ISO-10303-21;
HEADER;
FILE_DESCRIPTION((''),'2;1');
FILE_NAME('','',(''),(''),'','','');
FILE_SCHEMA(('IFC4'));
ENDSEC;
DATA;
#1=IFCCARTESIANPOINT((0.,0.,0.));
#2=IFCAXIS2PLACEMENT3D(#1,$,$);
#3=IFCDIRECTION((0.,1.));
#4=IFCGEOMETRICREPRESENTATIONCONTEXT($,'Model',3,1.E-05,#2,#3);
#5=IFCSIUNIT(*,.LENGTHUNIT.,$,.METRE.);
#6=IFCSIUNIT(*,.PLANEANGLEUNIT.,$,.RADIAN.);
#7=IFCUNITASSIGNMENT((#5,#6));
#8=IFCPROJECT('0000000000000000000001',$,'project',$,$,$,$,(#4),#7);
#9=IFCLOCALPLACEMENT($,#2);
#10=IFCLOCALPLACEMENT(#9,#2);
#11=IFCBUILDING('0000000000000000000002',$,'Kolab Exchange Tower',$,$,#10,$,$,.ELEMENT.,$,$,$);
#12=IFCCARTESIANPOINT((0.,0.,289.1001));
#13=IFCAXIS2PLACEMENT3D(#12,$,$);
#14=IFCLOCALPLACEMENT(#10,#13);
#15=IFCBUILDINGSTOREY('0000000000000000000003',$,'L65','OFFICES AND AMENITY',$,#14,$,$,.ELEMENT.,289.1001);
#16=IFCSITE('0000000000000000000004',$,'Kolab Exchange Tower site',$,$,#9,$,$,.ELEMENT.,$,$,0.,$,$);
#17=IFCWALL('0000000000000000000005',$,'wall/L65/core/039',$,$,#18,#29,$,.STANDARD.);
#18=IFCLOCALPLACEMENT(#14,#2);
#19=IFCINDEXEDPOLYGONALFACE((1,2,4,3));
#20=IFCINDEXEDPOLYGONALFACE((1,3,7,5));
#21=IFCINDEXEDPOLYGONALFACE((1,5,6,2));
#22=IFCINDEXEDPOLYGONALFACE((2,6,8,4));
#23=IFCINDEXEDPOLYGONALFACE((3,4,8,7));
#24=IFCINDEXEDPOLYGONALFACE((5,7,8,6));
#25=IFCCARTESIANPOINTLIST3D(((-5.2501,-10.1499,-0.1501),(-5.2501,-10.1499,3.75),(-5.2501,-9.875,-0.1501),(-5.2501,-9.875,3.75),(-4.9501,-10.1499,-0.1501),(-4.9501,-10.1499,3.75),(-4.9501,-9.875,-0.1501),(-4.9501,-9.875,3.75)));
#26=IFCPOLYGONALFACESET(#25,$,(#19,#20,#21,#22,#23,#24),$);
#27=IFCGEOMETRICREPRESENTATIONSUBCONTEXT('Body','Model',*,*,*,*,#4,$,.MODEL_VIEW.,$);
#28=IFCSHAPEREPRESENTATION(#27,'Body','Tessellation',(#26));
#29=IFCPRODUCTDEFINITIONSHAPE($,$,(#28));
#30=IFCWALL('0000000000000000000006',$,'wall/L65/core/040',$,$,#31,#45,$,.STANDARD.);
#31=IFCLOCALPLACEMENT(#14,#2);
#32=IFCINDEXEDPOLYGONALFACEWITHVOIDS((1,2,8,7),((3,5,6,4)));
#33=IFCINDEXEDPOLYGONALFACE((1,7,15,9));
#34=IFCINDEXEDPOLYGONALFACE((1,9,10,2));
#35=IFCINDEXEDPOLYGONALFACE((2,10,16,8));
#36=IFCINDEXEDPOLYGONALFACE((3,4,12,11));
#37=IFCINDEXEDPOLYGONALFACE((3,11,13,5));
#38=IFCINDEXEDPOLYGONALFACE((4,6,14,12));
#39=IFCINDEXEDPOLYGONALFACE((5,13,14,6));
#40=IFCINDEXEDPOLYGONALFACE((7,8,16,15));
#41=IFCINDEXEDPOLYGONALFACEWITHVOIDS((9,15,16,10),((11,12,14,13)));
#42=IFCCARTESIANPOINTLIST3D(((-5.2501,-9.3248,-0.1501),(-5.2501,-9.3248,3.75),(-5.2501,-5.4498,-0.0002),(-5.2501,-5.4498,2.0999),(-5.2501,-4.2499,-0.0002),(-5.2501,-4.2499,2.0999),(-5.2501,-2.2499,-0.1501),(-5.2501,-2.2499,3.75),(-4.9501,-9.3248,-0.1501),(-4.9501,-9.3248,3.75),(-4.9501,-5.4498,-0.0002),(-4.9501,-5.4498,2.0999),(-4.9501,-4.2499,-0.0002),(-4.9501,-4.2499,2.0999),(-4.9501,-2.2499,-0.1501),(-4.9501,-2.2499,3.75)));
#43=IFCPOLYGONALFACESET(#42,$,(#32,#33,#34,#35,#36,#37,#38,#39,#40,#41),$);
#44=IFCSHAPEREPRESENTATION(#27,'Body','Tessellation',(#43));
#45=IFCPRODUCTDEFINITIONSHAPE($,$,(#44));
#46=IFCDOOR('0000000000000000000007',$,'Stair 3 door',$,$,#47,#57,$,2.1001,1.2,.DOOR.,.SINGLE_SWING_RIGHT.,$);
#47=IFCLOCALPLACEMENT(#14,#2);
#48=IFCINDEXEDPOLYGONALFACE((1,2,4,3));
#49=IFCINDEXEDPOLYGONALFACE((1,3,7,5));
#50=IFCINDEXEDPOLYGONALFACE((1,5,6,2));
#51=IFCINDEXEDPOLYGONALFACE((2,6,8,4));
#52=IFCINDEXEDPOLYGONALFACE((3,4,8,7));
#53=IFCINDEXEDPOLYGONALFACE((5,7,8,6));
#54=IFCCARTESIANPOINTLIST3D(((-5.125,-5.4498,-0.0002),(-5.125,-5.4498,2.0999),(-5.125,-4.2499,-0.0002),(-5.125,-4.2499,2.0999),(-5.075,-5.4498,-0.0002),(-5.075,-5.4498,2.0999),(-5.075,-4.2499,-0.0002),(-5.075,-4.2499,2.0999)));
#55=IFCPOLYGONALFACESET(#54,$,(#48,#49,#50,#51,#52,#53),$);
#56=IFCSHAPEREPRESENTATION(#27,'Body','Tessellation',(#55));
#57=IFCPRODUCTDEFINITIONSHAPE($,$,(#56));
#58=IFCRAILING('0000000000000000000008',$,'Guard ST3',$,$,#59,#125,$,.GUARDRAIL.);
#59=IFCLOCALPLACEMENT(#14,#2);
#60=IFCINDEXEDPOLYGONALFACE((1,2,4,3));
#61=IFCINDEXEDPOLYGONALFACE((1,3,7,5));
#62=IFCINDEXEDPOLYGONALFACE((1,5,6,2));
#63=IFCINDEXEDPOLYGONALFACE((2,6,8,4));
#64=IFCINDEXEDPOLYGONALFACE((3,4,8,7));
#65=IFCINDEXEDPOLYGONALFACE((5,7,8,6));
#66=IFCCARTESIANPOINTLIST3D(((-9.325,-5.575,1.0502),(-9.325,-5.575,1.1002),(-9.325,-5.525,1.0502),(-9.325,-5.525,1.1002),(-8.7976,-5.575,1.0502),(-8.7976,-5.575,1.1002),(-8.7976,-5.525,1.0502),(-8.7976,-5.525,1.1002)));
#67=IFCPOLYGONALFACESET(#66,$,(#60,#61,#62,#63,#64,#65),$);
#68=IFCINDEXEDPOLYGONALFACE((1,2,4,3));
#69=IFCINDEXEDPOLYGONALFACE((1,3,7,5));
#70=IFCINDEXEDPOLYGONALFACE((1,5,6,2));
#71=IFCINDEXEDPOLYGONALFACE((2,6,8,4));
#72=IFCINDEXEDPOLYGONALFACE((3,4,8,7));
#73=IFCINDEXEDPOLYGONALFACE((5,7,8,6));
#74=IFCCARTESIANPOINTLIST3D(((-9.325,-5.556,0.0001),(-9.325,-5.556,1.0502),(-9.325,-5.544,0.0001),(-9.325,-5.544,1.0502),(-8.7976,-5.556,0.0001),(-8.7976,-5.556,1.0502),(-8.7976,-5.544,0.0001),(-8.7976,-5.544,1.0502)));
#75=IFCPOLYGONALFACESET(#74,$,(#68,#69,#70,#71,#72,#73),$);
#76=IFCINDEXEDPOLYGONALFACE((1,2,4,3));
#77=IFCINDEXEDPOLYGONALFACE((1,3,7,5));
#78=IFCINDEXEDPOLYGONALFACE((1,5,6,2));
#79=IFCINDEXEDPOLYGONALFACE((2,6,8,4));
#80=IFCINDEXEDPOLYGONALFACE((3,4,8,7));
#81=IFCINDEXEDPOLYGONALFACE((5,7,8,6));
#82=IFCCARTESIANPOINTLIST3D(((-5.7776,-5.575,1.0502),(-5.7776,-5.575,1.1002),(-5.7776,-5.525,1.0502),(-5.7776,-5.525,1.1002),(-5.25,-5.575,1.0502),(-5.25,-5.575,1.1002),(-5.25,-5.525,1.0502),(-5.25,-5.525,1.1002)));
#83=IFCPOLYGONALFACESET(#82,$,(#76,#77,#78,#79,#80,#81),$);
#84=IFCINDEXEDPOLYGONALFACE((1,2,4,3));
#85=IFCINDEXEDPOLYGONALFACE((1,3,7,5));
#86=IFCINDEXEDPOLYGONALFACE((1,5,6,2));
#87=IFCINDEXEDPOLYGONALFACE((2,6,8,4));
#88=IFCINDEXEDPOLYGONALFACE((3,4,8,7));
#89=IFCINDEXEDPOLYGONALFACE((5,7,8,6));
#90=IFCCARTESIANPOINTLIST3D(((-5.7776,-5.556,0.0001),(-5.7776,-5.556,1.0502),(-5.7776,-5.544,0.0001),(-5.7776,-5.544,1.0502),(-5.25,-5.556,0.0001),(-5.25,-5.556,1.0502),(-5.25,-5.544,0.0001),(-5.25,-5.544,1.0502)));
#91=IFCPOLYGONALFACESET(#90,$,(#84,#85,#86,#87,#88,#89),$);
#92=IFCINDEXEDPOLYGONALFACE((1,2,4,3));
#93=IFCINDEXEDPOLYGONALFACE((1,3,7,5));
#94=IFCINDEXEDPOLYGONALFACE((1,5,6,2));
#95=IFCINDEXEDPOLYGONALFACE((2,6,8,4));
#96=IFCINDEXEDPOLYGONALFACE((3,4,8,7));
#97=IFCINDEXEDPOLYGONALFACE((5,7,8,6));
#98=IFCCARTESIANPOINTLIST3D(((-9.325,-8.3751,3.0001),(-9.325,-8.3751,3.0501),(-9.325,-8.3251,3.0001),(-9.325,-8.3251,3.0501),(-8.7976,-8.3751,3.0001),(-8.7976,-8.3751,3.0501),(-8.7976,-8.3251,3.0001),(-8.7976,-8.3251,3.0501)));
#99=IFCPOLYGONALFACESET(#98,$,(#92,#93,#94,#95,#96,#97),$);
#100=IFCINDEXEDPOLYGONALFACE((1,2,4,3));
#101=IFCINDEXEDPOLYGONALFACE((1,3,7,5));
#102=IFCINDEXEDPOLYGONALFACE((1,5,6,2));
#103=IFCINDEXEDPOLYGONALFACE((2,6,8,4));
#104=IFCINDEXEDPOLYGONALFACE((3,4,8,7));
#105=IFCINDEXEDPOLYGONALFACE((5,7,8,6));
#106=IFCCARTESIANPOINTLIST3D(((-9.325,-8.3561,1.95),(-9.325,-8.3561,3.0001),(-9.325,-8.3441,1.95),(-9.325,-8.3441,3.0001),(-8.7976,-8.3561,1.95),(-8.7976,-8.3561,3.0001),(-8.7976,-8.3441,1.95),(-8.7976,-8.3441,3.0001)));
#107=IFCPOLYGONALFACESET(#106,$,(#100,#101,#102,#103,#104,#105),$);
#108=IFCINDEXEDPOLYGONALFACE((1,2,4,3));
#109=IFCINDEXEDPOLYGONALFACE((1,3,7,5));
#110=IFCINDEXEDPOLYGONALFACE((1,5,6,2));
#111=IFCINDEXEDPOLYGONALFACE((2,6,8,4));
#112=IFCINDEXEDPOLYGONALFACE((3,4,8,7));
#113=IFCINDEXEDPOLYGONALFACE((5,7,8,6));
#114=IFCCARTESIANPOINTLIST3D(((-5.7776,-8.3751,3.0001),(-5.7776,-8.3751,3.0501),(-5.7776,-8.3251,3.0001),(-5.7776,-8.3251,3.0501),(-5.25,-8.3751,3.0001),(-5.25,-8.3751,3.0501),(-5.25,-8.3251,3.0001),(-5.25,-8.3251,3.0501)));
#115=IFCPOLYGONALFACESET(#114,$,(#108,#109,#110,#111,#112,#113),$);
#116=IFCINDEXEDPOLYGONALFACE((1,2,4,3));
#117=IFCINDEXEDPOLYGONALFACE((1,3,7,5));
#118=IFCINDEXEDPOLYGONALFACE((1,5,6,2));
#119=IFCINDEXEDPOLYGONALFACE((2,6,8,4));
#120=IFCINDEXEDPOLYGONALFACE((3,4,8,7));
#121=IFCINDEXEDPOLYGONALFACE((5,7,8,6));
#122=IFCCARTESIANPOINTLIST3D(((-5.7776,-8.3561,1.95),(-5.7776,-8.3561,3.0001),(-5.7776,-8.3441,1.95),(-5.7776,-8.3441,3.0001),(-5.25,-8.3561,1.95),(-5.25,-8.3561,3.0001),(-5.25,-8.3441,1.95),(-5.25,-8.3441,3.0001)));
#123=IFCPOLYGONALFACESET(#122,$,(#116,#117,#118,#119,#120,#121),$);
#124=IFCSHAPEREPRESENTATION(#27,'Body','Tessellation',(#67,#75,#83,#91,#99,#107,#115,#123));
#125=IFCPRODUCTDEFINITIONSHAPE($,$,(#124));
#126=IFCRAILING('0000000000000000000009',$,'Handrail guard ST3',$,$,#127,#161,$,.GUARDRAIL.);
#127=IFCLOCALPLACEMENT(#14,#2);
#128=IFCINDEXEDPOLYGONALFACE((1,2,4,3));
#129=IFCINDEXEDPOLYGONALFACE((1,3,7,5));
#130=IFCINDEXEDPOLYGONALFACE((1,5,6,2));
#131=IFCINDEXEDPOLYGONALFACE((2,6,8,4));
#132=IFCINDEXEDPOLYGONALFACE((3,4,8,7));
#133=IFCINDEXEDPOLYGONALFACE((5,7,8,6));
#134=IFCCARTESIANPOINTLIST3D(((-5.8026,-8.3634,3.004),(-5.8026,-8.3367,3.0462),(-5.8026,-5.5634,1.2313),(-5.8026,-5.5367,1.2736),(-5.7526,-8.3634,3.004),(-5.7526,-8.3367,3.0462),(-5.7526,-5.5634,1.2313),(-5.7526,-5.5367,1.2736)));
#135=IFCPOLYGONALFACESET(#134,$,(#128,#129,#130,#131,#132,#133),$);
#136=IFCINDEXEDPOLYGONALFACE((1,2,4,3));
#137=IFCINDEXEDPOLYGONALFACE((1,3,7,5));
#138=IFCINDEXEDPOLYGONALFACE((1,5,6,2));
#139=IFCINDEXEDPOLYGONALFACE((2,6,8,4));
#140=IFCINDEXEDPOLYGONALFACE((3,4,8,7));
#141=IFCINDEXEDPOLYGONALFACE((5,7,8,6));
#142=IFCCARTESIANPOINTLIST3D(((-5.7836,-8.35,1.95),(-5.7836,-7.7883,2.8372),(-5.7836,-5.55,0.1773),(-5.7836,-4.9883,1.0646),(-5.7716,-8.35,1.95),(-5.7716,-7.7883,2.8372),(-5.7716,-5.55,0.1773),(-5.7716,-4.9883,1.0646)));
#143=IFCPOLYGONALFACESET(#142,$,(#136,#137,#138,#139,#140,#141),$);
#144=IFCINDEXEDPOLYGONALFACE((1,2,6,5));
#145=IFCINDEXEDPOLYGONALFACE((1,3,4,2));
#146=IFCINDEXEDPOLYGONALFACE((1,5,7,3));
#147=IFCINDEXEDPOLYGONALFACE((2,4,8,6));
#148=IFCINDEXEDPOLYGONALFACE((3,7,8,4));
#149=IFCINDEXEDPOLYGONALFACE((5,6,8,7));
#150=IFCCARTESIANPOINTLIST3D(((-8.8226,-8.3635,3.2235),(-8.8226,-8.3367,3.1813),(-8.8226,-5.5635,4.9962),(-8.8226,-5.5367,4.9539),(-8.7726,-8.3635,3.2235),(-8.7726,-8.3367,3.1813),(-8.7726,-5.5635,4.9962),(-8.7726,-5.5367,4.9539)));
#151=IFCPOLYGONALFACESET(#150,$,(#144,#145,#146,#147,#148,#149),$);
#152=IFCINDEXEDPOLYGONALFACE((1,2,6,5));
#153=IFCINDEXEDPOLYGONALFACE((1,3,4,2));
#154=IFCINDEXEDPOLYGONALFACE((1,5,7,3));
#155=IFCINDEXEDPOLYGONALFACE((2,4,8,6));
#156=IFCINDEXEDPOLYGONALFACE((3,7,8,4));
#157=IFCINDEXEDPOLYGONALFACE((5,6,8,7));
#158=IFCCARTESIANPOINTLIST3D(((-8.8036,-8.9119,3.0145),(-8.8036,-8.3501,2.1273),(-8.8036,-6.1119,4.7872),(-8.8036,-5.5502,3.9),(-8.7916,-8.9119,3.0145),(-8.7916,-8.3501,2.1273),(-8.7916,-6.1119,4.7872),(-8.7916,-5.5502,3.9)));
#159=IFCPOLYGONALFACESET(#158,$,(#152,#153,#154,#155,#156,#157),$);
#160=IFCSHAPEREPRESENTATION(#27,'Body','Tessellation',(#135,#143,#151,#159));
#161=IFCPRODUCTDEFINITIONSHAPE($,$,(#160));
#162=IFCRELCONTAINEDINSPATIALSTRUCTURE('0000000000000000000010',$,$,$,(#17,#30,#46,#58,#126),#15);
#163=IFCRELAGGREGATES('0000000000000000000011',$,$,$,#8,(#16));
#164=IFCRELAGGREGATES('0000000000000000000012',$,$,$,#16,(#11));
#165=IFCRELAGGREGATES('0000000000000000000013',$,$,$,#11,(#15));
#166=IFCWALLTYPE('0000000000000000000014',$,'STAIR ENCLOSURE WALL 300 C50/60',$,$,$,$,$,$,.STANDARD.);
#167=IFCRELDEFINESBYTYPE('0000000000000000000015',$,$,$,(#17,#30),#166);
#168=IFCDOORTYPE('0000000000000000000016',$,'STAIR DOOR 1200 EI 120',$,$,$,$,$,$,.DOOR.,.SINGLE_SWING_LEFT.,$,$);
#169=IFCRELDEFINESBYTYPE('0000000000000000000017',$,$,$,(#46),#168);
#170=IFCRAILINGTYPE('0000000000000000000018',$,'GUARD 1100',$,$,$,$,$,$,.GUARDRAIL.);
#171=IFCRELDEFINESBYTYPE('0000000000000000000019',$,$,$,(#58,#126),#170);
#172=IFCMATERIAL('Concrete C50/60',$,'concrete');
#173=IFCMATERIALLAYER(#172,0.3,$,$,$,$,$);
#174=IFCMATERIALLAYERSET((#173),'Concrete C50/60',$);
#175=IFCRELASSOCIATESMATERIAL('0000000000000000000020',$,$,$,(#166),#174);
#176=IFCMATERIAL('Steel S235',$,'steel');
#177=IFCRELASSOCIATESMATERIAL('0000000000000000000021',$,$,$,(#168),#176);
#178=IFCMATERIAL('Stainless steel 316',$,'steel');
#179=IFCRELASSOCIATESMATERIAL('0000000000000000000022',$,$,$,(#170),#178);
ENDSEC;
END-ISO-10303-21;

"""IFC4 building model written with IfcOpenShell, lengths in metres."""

from ifc_helpers import new_model, si_unit, direction, frame, frame_2d, origin, origin_2d, place, context, subcontext, project, spatial, rectangle, extrude, material, layer, layer_set, type_object, element, fill, save


model = new_model("IFC4")

# Units and contexts
model_context = context("Model", 3, precision=1e-05, world=origin(), true_north=direction((0.0, 1.0)))
body_context = subcontext(model_context, "Body", "Model", "MODEL_VIEW")
ifc_project = project(units=[si_unit("LENGTHUNIT", "METRE"), si_unit("PLANEANGLEUNIT", "RADIAN")], contexts=[model_context])

# Site, building, storey
site_placement = place(None, origin())
site = spatial("IfcSite", under=ifc_project, at=site_placement, Name="Kolab Exchange Tower site", CompositionType="ELEMENT", RefElevation=0.0)
building_placement = place(site_placement, origin())
building = spatial("IfcBuilding", under=site, at=building_placement, Name="Kolab Exchange Tower", CompositionType="ELEMENT")
storey_placement = place(building_placement, frame((0.0, 0.0, 289.1001)))
storey = spatial("IfcBuildingStorey", under=building, at=storey_placement, Name="L65", Description="OFFICES AND AMENITY", CompositionType="ELEMENT", Elevation=289.1001)

# Shared definitions
ifc_material_1 = material(Name="Concrete C50/60", Category="concrete")
ifc_material_2 = material(Name="Steel S235", Category="steel")

# Shared definitions
ifc_material_3 = material(Name="Stainless steel 316", Category="steel")

# Wall
ifc_layer_1 = layer(ifc_material_1, 0.3)
ifc_layer_set_1 = layer_set([ifc_layer_1], Name="Concrete C50/60")
wall_type_1 = type_object("IfcWallType", Name="STAIR ENCLOSURE WALL 300 C50/60", PredefinedType="STANDARD", material=ifc_layer_set_1)
wall_1_placement = place(storey_placement, frame((-5.1001, -10.1499, -0.1501), z_axis=(0.0, 0.0, 1.0), x_axis=(0.0, 1.0, 0.0)))
element("IfcWall", 1, at=wall_1_placement, inside=storey, type_object=wall_type_1, Name="wall/L65/core/039", PredefinedType="STANDARD", context=body_context, shape_type="SweptSolid", body=[
    extrude(rectangle(XDim=0.2749, YDim=0.3, at=frame_2d((0.1375, 0.0))), origin(), (0.0, 0.0, 1.0), 3.9001),
])

# Wall, opening, door
wall_2_placement = place(storey_placement, frame((-5.1001, -9.325, -0.1501), z_axis=(0.0, 0.0, 1.0), x_axis=(0.0, 1.0, 0.0)))
wall_2 = element("IfcWall", 2, at=wall_2_placement, inside=storey, type_object=wall_type_1, Name="wall/L65/core/040", PredefinedType="STANDARD", context=body_context, shape_type="SweptSolid", body=[
    extrude(rectangle(XDim=7.075, YDim=0.3, at=frame_2d((3.5376, 0.0))), origin(), (0.0, 0.0, 1.0), 3.9001),
])
opening_1_placement = place(wall_2_placement, frame((3.875, 0.0, 0.1499)))
opening_1 = element("IfcOpeningElement", 3, at=opening_1_placement, cuts=wall_2, PredefinedType="OPENING", context=body_context, shape_type="SweptSolid", body=[
    extrude(rectangle(XDim=1.2, YDim=2.1001, at=frame_2d((0.6001, 1.05))), frame((0.0, 0.1602, 0.0), z_axis=(0.0, -1.0, 0.0), x_axis=(1.0, 0.0, 0.0)), (0.0, 0.0, 1.0), 0.3201),
])
door_type_1 = type_object("IfcDoorType", Name="STAIR DOOR 1200 EI 120", OperationType="SINGLE_SWING_LEFT", PredefinedType="DOOR", material=ifc_material_2)
door_1_placement = place(opening_1_placement, origin())
door_1 = element("IfcDoor", 4, at=door_1_placement, inside=storey, type_object=door_type_1, Name="Stair 3 door", OperationType="SINGLE_SWING_RIGHT", OverallHeight=2.1001, OverallWidth=1.2, PredefinedType="DOOR", context=body_context, shape_type="SweptSolid", body=[
    extrude(rectangle(XDim=1.2, YDim=2.1001, at=frame_2d((0.6001, 1.05))), frame((0.0, 0.0249, 0.0), z_axis=(0.0, -1.0, 0.0), x_axis=(1.0, 0.0, 0.0)), (0.0, 0.0, 1.0), 0.05),
])
fill(opening_1, door_1)

# Railings
railing_type = type_object("IfcRailingType", Name="GUARD 1100", PredefinedType="GUARDRAIL", material=ifc_material_3)
railing_1_placement = place(storey_placement, frame((-9.325, -5.55, 0.0)))
element("IfcRailing", 5, at=railing_1_placement, inside=storey, type_object=railing_type, Name="Guard ST3", PredefinedType="GUARDRAIL", context=body_context, shape_type="SweptSolid", body=[
    extrude(rectangle(XDim=0.05, YDim=0.05, at=origin_2d()), frame((0.0, 0.0, 1.0752), z_axis=(1.0, 0.0, 0.0), x_axis=(0.0, 1.0, 0.0)), (0.0, 0.0, 1.0), 0.5273),
    extrude(rectangle(XDim=0.012, YDim=1.0501, at=frame_2d((0.0, 0.5251))), frame((0.0, 0.0, 0.0), z_axis=(1.0, 0.0, 0.0), x_axis=(0.0, 1.0, 0.0)), (0.0, 0.0, 1.0), 0.5273),
    extrude(rectangle(XDim=0.05, YDim=0.05, at=origin_2d()), frame((3.5474, 0.0, 1.0752), z_axis=(1.0, 0.0, 0.0), x_axis=(0.0, 1.0, 0.0)), (0.0, 0.0, 1.0), 0.5276),
    extrude(rectangle(XDim=0.012, YDim=1.0501, at=frame_2d((0.0, 0.5251))), frame((3.5474, 0.0, 0.0), z_axis=(1.0, 0.0, 0.0), x_axis=(0.0, 1.0, 0.0)), (0.0, 0.0, 1.0), 0.5276),
    extrude(rectangle(XDim=0.05, YDim=0.05, at=origin_2d()), frame((0.0, -2.8, 3.0251), z_axis=(1.0, 0.0, 0.0), x_axis=(0.0, 1.0, 0.0)), (0.0, 0.0, 1.0), 0.5273),
    extrude(rectangle(XDim=0.012, YDim=1.0501, at=frame_2d((0.0, 0.5251))), frame((0.0, -2.8, 1.95), z_axis=(1.0, 0.0, 0.0), x_axis=(0.0, 1.0, 0.0)), (0.0, 0.0, 1.0), 0.5273),
    extrude(rectangle(XDim=0.05, YDim=0.05, at=origin_2d()), frame((3.5474, -2.8, 3.0251), z_axis=(1.0, 0.0, 0.0), x_axis=(0.0, 1.0, 0.0)), (0.0, 0.0, 1.0), 0.5276),
    extrude(rectangle(XDim=0.012, YDim=1.0501, at=frame_2d((0.0, 0.5251))), frame((3.5474, -2.8, 1.95), z_axis=(1.0, 0.0, 0.0), x_axis=(0.0, 1.0, 0.0)), (0.0, 0.0, 1.0), 0.5276),
])
railing_2_placement = place(storey_placement, frame((-5.7776, -5.55, 0.1772)))
element("IfcRailing", 6, at=railing_2_placement, inside=storey, type_object=railing_type, Name="Handrail guard ST3", PredefinedType="GUARDRAIL", context=body_context, shape_type="SweptSolid", body=[
    extrude(rectangle(XDim=0.05, YDim=0.05, at=origin_2d()), frame((0.0, 0.0, 1.0752), z_axis=(0.0, -0.844909, 0.53491), x_axis=(1.0, 0.0, 0.0)), (0.0, 0.0, 1.0), 3.314),
    extrude(rectangle(XDim=0.012, YDim=1.0501, at=frame_2d((0.0, 0.5251))), frame((0.0, 0.0, 0.0), z_axis=(0.0, -0.844909, 0.53491), x_axis=(1.0, 0.0, 0.0)), (0.0, 0.0, 1.0), 3.314),
    extrude(rectangle(XDim=0.05, YDim=0.05, at=origin_2d()), frame((-3.02, -2.8, 3.0251), z_axis=(0.0, 0.844909, 0.53491), x_axis=(-1.0, 0.0, 0.0)), (0.0, 0.0, 1.0), 3.314),
    extrude(rectangle(XDim=0.012, YDim=1.0501, at=frame_2d((0.0, 0.5251))), frame((-3.02, -2.8, 1.95), z_axis=(0.0, 0.844909, 0.53491), x_axis=(-1.0, 0.0, 0.0)), (0.0, 0.0, 1.0), 3.314),
])

save(model, "model.ifc")
